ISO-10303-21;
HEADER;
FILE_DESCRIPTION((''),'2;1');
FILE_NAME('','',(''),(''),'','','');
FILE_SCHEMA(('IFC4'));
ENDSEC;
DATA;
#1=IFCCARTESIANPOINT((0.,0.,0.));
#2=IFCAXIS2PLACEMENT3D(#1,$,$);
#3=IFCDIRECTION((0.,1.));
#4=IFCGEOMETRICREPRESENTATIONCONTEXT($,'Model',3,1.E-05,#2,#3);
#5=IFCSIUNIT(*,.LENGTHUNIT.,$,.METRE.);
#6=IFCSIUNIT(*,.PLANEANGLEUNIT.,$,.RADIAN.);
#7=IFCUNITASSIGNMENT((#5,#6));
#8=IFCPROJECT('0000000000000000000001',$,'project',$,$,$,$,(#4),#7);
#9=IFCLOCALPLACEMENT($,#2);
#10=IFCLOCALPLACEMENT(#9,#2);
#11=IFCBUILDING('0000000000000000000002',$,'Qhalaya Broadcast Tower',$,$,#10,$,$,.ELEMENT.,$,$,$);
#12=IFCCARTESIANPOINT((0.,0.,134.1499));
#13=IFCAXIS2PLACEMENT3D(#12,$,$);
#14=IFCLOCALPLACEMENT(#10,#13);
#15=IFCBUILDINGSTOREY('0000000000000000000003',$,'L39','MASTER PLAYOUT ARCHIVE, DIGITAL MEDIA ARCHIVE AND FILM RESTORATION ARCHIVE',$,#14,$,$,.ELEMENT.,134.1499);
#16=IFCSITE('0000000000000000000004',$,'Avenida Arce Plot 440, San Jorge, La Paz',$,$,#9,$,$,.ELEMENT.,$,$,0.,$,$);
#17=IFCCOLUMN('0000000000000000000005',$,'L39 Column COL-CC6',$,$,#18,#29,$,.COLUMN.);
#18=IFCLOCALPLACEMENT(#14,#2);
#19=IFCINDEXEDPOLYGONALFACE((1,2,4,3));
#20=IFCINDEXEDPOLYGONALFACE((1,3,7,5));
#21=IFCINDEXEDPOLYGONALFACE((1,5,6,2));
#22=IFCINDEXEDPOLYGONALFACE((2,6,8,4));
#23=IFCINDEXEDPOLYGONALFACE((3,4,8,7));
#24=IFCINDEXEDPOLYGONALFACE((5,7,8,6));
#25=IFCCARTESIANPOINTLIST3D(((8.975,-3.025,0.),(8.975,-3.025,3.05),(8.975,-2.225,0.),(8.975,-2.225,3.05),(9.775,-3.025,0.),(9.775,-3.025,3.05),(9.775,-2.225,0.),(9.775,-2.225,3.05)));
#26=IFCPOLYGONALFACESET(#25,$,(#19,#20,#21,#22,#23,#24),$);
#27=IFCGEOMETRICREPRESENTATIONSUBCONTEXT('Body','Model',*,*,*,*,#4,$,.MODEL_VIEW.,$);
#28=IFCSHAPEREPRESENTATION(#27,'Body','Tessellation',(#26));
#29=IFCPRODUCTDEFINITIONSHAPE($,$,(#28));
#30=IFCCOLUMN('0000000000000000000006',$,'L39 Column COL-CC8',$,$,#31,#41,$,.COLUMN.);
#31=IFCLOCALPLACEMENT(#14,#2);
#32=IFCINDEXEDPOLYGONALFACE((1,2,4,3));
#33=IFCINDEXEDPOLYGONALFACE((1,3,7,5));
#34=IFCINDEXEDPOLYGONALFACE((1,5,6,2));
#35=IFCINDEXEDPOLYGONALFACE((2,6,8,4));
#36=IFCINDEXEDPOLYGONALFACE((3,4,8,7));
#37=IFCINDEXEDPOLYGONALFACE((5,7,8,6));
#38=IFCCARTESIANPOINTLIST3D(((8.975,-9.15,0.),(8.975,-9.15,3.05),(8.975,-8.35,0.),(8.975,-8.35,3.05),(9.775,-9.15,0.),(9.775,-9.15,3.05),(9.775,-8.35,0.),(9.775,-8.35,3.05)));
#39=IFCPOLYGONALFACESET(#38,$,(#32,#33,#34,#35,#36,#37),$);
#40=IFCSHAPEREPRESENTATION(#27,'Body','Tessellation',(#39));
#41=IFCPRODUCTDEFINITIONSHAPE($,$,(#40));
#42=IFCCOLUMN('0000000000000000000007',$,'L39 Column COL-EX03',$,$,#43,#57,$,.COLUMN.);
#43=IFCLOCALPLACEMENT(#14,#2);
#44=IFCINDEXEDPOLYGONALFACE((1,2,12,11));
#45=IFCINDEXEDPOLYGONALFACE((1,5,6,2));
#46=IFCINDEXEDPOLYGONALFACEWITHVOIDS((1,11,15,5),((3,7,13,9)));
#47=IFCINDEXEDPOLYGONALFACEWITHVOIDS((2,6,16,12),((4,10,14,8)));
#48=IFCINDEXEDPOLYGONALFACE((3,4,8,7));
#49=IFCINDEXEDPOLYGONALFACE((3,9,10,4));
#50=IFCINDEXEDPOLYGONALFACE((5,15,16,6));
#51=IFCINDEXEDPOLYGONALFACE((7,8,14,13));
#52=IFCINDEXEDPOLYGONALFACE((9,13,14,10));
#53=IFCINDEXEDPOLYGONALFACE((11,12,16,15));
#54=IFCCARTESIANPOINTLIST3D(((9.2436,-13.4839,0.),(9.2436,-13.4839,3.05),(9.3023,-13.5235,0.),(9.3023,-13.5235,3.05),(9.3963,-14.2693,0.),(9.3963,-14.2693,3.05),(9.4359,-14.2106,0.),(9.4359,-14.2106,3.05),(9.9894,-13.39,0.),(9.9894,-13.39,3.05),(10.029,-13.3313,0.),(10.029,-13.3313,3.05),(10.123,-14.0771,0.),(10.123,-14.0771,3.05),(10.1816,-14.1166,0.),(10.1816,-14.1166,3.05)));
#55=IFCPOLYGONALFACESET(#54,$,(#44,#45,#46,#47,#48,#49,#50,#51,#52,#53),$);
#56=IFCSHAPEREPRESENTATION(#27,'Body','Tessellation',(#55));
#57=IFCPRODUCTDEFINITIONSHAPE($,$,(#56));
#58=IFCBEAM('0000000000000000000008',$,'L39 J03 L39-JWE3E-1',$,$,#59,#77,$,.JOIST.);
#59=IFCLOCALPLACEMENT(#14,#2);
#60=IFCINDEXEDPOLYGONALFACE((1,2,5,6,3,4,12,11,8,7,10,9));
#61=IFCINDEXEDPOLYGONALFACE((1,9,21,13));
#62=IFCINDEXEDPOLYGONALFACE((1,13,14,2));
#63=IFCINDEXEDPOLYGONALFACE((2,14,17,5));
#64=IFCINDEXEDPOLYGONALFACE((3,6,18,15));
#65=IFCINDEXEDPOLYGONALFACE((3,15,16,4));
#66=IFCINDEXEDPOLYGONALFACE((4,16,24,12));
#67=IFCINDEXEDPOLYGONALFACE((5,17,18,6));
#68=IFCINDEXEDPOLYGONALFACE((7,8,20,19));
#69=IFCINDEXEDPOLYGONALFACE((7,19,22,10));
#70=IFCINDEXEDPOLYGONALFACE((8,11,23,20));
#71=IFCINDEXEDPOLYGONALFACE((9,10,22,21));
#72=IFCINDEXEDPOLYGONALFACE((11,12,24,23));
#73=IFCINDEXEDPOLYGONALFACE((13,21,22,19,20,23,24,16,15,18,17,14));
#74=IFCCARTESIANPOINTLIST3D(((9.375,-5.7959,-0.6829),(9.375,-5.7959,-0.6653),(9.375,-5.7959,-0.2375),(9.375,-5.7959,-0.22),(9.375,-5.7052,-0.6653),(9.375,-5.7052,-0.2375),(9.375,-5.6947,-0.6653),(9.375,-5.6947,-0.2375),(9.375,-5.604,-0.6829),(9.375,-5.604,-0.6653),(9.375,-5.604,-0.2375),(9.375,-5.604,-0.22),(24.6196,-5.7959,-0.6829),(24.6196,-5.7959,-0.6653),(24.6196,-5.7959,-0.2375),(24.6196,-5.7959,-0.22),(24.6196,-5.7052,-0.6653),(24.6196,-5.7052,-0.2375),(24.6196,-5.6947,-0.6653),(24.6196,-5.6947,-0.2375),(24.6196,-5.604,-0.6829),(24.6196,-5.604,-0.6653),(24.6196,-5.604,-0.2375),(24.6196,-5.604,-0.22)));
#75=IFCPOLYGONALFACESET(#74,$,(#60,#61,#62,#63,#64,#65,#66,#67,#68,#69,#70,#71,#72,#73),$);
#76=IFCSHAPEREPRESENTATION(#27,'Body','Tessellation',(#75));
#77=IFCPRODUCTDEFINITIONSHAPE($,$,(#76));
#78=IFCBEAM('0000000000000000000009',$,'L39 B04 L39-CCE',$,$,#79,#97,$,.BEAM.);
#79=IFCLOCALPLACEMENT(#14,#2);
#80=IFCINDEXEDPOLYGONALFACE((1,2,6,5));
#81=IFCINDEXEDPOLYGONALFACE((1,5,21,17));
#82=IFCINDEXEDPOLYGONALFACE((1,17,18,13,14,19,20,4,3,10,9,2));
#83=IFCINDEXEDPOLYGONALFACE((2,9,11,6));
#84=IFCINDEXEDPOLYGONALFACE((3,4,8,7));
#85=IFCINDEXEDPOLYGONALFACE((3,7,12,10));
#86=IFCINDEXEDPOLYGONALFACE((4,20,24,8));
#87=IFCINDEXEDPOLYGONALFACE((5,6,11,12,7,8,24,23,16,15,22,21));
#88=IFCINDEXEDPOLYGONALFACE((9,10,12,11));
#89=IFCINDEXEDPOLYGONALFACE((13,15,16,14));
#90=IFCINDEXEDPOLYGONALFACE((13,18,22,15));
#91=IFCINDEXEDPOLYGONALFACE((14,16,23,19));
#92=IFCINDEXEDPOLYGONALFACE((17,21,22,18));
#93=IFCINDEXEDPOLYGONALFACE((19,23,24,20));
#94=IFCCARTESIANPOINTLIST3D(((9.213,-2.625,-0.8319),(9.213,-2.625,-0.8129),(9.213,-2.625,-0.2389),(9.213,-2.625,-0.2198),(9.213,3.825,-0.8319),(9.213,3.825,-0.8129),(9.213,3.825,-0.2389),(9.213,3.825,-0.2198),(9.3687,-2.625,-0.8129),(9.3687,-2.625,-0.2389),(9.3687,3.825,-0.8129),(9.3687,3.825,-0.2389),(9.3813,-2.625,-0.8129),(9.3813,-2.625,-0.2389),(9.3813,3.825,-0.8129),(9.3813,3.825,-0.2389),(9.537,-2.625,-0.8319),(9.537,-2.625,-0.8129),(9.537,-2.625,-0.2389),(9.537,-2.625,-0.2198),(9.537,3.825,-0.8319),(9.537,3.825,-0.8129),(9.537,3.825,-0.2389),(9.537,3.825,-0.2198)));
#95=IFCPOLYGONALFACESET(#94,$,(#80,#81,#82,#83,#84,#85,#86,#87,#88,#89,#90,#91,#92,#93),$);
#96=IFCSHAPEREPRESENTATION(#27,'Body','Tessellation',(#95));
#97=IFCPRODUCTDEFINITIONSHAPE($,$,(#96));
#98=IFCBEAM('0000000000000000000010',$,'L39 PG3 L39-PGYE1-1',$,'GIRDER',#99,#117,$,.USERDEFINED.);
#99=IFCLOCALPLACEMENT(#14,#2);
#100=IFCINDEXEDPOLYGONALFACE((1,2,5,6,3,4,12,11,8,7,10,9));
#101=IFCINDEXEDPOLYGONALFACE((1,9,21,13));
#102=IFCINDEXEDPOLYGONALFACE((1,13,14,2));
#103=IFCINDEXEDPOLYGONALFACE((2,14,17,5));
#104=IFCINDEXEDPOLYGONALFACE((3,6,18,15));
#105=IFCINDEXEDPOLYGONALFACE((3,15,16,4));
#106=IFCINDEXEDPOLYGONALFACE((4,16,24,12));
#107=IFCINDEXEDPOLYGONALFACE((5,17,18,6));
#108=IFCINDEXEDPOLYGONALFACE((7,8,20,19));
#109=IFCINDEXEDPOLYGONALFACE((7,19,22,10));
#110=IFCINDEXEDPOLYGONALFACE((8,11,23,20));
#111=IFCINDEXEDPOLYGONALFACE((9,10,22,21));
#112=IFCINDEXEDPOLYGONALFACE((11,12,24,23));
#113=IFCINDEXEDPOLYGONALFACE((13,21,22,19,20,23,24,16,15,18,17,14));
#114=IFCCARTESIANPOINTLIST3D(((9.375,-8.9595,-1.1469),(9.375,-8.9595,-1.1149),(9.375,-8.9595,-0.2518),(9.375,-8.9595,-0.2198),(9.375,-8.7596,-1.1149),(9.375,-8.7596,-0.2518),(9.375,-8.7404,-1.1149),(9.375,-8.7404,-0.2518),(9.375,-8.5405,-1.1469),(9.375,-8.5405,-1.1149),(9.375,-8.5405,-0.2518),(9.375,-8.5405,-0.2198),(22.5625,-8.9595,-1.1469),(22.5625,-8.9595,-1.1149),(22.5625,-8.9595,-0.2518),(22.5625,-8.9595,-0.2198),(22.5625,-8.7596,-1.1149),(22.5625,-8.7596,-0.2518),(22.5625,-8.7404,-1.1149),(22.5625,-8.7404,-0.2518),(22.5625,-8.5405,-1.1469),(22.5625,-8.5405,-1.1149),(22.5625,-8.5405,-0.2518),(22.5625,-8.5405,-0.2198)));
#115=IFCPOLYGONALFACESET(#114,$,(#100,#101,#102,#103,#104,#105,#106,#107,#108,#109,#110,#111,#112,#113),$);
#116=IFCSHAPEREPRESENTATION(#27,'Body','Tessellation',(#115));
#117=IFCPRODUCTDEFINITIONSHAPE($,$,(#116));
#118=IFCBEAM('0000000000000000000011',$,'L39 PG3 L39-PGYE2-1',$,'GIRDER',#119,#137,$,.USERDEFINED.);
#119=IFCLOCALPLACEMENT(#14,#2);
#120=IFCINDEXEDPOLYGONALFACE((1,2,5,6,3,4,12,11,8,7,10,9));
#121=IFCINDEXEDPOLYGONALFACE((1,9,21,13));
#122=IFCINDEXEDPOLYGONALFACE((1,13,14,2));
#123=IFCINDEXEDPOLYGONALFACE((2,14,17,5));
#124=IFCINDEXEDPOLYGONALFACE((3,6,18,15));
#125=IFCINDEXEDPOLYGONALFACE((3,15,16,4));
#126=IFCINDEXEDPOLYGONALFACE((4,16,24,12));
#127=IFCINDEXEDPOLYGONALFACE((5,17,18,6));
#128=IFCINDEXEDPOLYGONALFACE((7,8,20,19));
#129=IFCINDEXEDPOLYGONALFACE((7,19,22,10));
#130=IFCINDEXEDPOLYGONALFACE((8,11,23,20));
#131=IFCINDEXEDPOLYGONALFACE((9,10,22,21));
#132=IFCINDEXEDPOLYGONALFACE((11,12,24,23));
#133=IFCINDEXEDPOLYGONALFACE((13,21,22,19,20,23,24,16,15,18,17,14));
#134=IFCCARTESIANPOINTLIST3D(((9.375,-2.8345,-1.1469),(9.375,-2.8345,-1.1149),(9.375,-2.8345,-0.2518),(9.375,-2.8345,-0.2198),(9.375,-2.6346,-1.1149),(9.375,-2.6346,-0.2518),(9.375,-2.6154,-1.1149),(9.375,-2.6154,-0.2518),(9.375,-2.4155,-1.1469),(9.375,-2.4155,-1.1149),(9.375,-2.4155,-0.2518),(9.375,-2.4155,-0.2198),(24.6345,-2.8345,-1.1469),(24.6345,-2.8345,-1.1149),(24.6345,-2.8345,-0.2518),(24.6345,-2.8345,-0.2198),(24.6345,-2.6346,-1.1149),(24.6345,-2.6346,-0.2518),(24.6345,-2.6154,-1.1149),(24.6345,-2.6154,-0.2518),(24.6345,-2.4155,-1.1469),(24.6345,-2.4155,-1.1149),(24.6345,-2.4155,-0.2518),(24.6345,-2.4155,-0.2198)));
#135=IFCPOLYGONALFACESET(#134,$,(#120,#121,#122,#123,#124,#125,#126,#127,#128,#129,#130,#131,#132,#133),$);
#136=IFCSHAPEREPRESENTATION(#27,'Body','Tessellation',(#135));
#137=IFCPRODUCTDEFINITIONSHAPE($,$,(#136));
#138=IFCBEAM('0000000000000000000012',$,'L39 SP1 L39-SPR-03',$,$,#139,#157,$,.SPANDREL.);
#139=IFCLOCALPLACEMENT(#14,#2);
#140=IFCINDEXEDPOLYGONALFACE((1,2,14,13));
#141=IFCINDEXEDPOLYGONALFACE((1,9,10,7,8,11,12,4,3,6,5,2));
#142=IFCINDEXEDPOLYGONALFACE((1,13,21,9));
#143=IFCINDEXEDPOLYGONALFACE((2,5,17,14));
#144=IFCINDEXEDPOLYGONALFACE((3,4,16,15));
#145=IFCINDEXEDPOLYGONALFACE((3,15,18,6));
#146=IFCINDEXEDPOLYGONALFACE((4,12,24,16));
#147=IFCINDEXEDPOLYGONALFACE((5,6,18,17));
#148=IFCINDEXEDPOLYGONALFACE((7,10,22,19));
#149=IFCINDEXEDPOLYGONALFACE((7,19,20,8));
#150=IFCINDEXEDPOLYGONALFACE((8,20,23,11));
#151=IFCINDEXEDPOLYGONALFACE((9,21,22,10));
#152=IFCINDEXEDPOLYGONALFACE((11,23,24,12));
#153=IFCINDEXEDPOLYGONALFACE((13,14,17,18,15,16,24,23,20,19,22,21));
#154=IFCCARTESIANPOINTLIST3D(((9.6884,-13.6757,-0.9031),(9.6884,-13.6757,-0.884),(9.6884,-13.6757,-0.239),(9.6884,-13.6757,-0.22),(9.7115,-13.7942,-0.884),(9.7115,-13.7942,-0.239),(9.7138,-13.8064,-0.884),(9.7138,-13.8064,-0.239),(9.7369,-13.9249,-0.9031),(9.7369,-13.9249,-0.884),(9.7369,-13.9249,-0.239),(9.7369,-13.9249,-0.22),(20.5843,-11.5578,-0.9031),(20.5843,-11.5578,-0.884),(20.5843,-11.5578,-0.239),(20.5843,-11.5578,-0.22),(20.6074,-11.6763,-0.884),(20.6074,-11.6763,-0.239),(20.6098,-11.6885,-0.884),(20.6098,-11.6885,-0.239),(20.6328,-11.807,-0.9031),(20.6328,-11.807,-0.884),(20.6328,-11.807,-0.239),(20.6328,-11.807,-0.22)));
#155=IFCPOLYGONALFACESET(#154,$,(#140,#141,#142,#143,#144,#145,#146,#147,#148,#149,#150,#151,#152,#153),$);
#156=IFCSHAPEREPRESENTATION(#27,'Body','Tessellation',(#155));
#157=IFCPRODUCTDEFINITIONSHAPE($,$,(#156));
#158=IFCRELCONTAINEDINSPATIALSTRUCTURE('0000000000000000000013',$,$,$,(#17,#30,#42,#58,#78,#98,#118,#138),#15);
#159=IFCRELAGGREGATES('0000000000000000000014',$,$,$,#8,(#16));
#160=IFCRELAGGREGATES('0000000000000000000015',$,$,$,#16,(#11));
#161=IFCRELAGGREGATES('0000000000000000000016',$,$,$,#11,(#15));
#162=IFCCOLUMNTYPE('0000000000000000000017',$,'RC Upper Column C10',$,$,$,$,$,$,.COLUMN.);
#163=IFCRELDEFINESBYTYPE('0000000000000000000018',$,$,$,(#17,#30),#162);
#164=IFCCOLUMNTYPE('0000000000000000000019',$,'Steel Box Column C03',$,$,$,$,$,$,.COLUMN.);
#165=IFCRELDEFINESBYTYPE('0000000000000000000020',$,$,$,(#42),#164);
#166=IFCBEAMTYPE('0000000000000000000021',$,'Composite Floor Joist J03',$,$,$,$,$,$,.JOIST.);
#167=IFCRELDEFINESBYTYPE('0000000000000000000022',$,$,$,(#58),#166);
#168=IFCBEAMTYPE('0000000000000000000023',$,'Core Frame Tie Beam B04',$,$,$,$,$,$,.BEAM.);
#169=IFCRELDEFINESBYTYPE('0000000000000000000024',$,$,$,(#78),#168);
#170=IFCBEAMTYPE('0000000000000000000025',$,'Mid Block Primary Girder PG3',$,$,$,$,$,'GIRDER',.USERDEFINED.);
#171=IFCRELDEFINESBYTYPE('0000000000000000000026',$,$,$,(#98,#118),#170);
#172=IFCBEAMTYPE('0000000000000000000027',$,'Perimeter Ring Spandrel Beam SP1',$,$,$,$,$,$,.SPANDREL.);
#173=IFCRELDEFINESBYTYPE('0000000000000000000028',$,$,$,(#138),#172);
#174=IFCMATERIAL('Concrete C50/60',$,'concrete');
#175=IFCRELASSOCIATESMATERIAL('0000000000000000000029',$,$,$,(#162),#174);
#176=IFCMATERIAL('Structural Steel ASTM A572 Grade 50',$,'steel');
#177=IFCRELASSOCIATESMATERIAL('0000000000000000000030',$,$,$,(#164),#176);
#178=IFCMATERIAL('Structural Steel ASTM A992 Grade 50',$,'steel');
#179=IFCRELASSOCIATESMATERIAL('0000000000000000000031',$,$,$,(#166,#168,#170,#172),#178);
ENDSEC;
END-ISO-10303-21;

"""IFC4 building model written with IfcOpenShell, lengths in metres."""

from ifc_helpers import new_model, si_unit, direction, frame, origin, origin_2d, place, context, subcontext, project, spatial, rectangle, hollow_rectangle, i_section, extrude, material, material_profile, profile_set, type_object, element, save


model = new_model("IFC4")

# Units and contexts
model_context = context("Model", 3, precision=1e-05, world=origin(), true_north=direction((0.0, 1.0)))
body_context = subcontext(model_context, "Body", "Model", "MODEL_VIEW")
ifc_project = project(units=[si_unit("LENGTHUNIT", "METRE"), si_unit("PLANEANGLEUNIT", "RADIAN")], contexts=[model_context])

# Site, building, storey
site_placement = place(None, origin())
site = spatial("IfcSite", under=ifc_project, at=site_placement, Name="Avenida Arce Plot 440, San Jorge, La Paz", CompositionType="ELEMENT", RefElevation=0.0)
building_placement = place(site_placement, origin())
building = spatial("IfcBuilding", under=site, at=building_placement, Name="Qhalaya Broadcast Tower", CompositionType="ELEMENT")
storey_placement = place(building_placement, frame((0.0, 0.0, 134.1499)))
storey = spatial("IfcBuildingStorey", under=building, at=storey_placement, Name="L39", Description="MASTER PLAYOUT ARCHIVE, DIGITAL MEDIA ARCHIVE AND FILM RESTORATION ARCHIVE", CompositionType="ELEMENT", Elevation=134.1499)

# Columns
ifc_material_1 = material(Name="Concrete C50/60", Category="concrete")
ifc_material_profile_1 = material_profile(ifc_material_1, rectangle(XDim=0.8, YDim=0.8, at=origin_2d()), Name="RC-COL 800x800")
ifc_profile_set_1 = profile_set([ifc_material_profile_1], Name="Concrete C50/60")
column_type_1 = type_object("IfcColumnType", Name="RC Upper Column C10", PredefinedType="COLUMN", material=ifc_profile_set_1)
for number, where, z_axis, x_axis, name in (
    (1, (9.375, -2.625, 0.0), (0.0, 0.0, 1.0), (1.0, 0.0, 0.0), "L39 Column COL-CC6"),
    (2, (9.375, -8.75, 0.0), (0.0, 0.0, 1.0), (1.0, 0.0, 0.0), "L39 Column COL-CC8"),
):
    element("IfcColumn", number, at=place(storey_placement, frame(where, z_axis=z_axis, x_axis=x_axis)), inside=storey, type_object=column_type_1, Name=name, PredefinedType="COLUMN", context=body_context, shape_type="SweptSolid", body=[
        extrude(rectangle(XDim=0.8, YDim=0.8, at=origin_2d()), origin(), (0.0, 0.0, 1.0), 3.05),
    ])
ifc_material_2 = material(Name="Structural Steel ASTM A572 Grade 50", Category="steel")
ifc_material_profile_2 = material_profile(ifc_material_2, hollow_rectangle(XDim=0.8, YDim=0.8, WallThickness=0.05, at=origin_2d()), Name="BOX 800x800x50")
ifc_profile_set_2 = profile_set([ifc_material_profile_2], Name="Structural Steel ASTM A572 Grade 50")
column_type_2 = type_object("IfcColumnType", Name="Steel Box Column C03", PredefinedType="COLUMN", material=ifc_profile_set_2)
column_placement = place(storey_placement, frame((9.7126, -13.8003, 0.0), z_axis=(0.0, 0.0, 1.0), x_axis=(0.981627, 0.190809, 0.0)))
element("IfcColumn", 3, at=column_placement, inside=storey, type_object=column_type_2, Name="L39 Column COL-EX03", PredefinedType="COLUMN", context=body_context, shape_type="SweptSolid", body=[
    extrude(hollow_rectangle(XDim=0.8, YDim=0.8, WallThickness=0.05, at=origin_2d()), origin(), (0.0, 0.0, 1.0), 3.05),
])

# Beams
ifc_material_3 = material(Name="Structural Steel ASTM A992 Grade 50", Category="steel")
ifc_material_profile_3 = material_profile(ifc_material_3, i_section(OverallWidth=0.1919, OverallDepth=0.4629, WebThickness=0.0105, FlangeThickness=0.0176, at=origin_2d()), Name="W18X60")
ifc_profile_set_3 = profile_set([ifc_material_profile_3], Name="Structural Steel ASTM A992 Grade 50")
beam_type_1 = type_object("IfcBeamType", Name="Composite Floor Joist J03", PredefinedType="JOIST", material=ifc_profile_set_3)
beam_1_placement = place(storey_placement, frame((9.375, -5.7, -0.4514), z_axis=(1.0, 0.0, 0.0), x_axis=(0.0, 1.0, 0.0)))
element("IfcBeam", 4, at=beam_1_placement, inside=storey, type_object=beam_type_1, Name="L39 J03 L39-JWE3E-1", PredefinedType="JOIST", context=body_context, shape_type="SweptSolid", body=[
    extrude(i_section(OverallWidth=0.1919, OverallDepth=0.4629, WebThickness=0.0105, FlangeThickness=0.0176, at=origin_2d()), origin(), (0.0, 0.0, 1.0), 15.2446),
])
ifc_material_profile_4 = material_profile(ifc_material_3, i_section(OverallWidth=0.324, OverallDepth=0.6121, WebThickness=0.0127, FlangeThickness=0.019, at=origin_2d()), Name="W24X104")
ifc_profile_set_4 = profile_set([ifc_material_profile_4], Name="Structural Steel ASTM A992 Grade 50")
beam_type_2 = type_object("IfcBeamType", Name="Core Frame Tie Beam B04", PredefinedType="BEAM", material=ifc_profile_set_4)
beam_2_placement = place(storey_placement, frame((9.375, -2.625, -0.5259), z_axis=(0.0, 1.0, 0.0), x_axis=(-1.0, 0.0, 0.0)))
element("IfcBeam", 5, at=beam_2_placement, inside=storey, type_object=beam_type_2, Name="L39 B04 L39-CCE", PredefinedType="BEAM", context=body_context, shape_type="SweptSolid", body=[
    extrude(i_section(OverallWidth=0.324, OverallDepth=0.6121, WebThickness=0.0127, FlangeThickness=0.019, at=origin_2d()), origin(), (0.0, 0.0, 1.0), 6.45),
])
ifc_material_profile_5 = material_profile(ifc_material_3, i_section(OverallWidth=0.4189, OverallDepth=0.927, WebThickness=0.0193, FlangeThickness=0.032, at=origin_2d()), Name="W36X231")
ifc_profile_set_5 = profile_set([ifc_material_profile_5], Name="Structural Steel ASTM A992 Grade 50")
beam_type_3 = type_object("IfcBeamType", Name="Mid Block Primary Girder PG3", ElementType="GIRDER", PredefinedType="USERDEFINED", material=ifc_profile_set_5)
beam_3_placement = place(storey_placement, frame((9.375, -8.75, -0.6833), z_axis=(1.0, 0.0, 0.0), x_axis=(0.0, 1.0, 0.0)))
element("IfcBeam", 6, at=beam_3_placement, inside=storey, type_object=beam_type_3, Name="L39 PG3 L39-PGYE1-1", ObjectType="GIRDER", PredefinedType="USERDEFINED", context=body_context, shape_type="SweptSolid", body=[
    extrude(i_section(OverallWidth=0.4189, OverallDepth=0.927, WebThickness=0.0193, FlangeThickness=0.032, at=origin_2d()), origin(), (0.0, 0.0, 1.0), 13.1875),
])
beam_4_placement = place(storey_placement, frame((9.375, -2.625, -0.6833), z_axis=(1.0, 0.0, 0.0), x_axis=(0.0, 1.0, 0.0)))
element("IfcBeam", 7, at=beam_4_placement, inside=storey, type_object=beam_type_3, Name="L39 PG3 L39-PGYE2-1", ObjectType="GIRDER", PredefinedType="USERDEFINED", context=body_context, shape_type="SweptSolid", body=[
    extrude(i_section(OverallWidth=0.4189, OverallDepth=0.927, WebThickness=0.0193, FlangeThickness=0.032, at=origin_2d()), origin(), (0.0, 0.0, 1.0), 15.2595),
])
ifc_material_profile_6 = material_profile(ifc_material_3, i_section(OverallWidth=0.2539, OverallDepth=0.6831, WebThickness=0.0125, FlangeThickness=0.019, at=origin_2d()), Name="W27X94")
ifc_profile_set_6 = profile_set([ifc_material_profile_6], Name="Structural Steel ASTM A992 Grade 50")
beam_type_4 = type_object("IfcBeamType", Name="Perimeter Ring Spandrel Beam SP1", PredefinedType="SPANDREL", material=ifc_profile_set_6)
beam_5_placement = place(storey_placement, frame((9.7126, -13.8003, -0.5615), z_axis=(0.981628, 0.190805, 0.0), x_axis=(-0.190805, 0.981628, 0.0)))
element("IfcBeam", 8, at=beam_5_placement, inside=storey, type_object=beam_type_4, Name="L39 SP1 L39-SPR-03", PredefinedType="SPANDREL", context=body_context, shape_type="SweptSolid", body=[
    extrude(i_section(OverallWidth=0.2539, OverallDepth=0.6831, WebThickness=0.0125, FlangeThickness=0.019, at=origin_2d()), origin(), (0.0, 0.0, 1.0), 11.0999),
])

save(model, "model.ifc")
